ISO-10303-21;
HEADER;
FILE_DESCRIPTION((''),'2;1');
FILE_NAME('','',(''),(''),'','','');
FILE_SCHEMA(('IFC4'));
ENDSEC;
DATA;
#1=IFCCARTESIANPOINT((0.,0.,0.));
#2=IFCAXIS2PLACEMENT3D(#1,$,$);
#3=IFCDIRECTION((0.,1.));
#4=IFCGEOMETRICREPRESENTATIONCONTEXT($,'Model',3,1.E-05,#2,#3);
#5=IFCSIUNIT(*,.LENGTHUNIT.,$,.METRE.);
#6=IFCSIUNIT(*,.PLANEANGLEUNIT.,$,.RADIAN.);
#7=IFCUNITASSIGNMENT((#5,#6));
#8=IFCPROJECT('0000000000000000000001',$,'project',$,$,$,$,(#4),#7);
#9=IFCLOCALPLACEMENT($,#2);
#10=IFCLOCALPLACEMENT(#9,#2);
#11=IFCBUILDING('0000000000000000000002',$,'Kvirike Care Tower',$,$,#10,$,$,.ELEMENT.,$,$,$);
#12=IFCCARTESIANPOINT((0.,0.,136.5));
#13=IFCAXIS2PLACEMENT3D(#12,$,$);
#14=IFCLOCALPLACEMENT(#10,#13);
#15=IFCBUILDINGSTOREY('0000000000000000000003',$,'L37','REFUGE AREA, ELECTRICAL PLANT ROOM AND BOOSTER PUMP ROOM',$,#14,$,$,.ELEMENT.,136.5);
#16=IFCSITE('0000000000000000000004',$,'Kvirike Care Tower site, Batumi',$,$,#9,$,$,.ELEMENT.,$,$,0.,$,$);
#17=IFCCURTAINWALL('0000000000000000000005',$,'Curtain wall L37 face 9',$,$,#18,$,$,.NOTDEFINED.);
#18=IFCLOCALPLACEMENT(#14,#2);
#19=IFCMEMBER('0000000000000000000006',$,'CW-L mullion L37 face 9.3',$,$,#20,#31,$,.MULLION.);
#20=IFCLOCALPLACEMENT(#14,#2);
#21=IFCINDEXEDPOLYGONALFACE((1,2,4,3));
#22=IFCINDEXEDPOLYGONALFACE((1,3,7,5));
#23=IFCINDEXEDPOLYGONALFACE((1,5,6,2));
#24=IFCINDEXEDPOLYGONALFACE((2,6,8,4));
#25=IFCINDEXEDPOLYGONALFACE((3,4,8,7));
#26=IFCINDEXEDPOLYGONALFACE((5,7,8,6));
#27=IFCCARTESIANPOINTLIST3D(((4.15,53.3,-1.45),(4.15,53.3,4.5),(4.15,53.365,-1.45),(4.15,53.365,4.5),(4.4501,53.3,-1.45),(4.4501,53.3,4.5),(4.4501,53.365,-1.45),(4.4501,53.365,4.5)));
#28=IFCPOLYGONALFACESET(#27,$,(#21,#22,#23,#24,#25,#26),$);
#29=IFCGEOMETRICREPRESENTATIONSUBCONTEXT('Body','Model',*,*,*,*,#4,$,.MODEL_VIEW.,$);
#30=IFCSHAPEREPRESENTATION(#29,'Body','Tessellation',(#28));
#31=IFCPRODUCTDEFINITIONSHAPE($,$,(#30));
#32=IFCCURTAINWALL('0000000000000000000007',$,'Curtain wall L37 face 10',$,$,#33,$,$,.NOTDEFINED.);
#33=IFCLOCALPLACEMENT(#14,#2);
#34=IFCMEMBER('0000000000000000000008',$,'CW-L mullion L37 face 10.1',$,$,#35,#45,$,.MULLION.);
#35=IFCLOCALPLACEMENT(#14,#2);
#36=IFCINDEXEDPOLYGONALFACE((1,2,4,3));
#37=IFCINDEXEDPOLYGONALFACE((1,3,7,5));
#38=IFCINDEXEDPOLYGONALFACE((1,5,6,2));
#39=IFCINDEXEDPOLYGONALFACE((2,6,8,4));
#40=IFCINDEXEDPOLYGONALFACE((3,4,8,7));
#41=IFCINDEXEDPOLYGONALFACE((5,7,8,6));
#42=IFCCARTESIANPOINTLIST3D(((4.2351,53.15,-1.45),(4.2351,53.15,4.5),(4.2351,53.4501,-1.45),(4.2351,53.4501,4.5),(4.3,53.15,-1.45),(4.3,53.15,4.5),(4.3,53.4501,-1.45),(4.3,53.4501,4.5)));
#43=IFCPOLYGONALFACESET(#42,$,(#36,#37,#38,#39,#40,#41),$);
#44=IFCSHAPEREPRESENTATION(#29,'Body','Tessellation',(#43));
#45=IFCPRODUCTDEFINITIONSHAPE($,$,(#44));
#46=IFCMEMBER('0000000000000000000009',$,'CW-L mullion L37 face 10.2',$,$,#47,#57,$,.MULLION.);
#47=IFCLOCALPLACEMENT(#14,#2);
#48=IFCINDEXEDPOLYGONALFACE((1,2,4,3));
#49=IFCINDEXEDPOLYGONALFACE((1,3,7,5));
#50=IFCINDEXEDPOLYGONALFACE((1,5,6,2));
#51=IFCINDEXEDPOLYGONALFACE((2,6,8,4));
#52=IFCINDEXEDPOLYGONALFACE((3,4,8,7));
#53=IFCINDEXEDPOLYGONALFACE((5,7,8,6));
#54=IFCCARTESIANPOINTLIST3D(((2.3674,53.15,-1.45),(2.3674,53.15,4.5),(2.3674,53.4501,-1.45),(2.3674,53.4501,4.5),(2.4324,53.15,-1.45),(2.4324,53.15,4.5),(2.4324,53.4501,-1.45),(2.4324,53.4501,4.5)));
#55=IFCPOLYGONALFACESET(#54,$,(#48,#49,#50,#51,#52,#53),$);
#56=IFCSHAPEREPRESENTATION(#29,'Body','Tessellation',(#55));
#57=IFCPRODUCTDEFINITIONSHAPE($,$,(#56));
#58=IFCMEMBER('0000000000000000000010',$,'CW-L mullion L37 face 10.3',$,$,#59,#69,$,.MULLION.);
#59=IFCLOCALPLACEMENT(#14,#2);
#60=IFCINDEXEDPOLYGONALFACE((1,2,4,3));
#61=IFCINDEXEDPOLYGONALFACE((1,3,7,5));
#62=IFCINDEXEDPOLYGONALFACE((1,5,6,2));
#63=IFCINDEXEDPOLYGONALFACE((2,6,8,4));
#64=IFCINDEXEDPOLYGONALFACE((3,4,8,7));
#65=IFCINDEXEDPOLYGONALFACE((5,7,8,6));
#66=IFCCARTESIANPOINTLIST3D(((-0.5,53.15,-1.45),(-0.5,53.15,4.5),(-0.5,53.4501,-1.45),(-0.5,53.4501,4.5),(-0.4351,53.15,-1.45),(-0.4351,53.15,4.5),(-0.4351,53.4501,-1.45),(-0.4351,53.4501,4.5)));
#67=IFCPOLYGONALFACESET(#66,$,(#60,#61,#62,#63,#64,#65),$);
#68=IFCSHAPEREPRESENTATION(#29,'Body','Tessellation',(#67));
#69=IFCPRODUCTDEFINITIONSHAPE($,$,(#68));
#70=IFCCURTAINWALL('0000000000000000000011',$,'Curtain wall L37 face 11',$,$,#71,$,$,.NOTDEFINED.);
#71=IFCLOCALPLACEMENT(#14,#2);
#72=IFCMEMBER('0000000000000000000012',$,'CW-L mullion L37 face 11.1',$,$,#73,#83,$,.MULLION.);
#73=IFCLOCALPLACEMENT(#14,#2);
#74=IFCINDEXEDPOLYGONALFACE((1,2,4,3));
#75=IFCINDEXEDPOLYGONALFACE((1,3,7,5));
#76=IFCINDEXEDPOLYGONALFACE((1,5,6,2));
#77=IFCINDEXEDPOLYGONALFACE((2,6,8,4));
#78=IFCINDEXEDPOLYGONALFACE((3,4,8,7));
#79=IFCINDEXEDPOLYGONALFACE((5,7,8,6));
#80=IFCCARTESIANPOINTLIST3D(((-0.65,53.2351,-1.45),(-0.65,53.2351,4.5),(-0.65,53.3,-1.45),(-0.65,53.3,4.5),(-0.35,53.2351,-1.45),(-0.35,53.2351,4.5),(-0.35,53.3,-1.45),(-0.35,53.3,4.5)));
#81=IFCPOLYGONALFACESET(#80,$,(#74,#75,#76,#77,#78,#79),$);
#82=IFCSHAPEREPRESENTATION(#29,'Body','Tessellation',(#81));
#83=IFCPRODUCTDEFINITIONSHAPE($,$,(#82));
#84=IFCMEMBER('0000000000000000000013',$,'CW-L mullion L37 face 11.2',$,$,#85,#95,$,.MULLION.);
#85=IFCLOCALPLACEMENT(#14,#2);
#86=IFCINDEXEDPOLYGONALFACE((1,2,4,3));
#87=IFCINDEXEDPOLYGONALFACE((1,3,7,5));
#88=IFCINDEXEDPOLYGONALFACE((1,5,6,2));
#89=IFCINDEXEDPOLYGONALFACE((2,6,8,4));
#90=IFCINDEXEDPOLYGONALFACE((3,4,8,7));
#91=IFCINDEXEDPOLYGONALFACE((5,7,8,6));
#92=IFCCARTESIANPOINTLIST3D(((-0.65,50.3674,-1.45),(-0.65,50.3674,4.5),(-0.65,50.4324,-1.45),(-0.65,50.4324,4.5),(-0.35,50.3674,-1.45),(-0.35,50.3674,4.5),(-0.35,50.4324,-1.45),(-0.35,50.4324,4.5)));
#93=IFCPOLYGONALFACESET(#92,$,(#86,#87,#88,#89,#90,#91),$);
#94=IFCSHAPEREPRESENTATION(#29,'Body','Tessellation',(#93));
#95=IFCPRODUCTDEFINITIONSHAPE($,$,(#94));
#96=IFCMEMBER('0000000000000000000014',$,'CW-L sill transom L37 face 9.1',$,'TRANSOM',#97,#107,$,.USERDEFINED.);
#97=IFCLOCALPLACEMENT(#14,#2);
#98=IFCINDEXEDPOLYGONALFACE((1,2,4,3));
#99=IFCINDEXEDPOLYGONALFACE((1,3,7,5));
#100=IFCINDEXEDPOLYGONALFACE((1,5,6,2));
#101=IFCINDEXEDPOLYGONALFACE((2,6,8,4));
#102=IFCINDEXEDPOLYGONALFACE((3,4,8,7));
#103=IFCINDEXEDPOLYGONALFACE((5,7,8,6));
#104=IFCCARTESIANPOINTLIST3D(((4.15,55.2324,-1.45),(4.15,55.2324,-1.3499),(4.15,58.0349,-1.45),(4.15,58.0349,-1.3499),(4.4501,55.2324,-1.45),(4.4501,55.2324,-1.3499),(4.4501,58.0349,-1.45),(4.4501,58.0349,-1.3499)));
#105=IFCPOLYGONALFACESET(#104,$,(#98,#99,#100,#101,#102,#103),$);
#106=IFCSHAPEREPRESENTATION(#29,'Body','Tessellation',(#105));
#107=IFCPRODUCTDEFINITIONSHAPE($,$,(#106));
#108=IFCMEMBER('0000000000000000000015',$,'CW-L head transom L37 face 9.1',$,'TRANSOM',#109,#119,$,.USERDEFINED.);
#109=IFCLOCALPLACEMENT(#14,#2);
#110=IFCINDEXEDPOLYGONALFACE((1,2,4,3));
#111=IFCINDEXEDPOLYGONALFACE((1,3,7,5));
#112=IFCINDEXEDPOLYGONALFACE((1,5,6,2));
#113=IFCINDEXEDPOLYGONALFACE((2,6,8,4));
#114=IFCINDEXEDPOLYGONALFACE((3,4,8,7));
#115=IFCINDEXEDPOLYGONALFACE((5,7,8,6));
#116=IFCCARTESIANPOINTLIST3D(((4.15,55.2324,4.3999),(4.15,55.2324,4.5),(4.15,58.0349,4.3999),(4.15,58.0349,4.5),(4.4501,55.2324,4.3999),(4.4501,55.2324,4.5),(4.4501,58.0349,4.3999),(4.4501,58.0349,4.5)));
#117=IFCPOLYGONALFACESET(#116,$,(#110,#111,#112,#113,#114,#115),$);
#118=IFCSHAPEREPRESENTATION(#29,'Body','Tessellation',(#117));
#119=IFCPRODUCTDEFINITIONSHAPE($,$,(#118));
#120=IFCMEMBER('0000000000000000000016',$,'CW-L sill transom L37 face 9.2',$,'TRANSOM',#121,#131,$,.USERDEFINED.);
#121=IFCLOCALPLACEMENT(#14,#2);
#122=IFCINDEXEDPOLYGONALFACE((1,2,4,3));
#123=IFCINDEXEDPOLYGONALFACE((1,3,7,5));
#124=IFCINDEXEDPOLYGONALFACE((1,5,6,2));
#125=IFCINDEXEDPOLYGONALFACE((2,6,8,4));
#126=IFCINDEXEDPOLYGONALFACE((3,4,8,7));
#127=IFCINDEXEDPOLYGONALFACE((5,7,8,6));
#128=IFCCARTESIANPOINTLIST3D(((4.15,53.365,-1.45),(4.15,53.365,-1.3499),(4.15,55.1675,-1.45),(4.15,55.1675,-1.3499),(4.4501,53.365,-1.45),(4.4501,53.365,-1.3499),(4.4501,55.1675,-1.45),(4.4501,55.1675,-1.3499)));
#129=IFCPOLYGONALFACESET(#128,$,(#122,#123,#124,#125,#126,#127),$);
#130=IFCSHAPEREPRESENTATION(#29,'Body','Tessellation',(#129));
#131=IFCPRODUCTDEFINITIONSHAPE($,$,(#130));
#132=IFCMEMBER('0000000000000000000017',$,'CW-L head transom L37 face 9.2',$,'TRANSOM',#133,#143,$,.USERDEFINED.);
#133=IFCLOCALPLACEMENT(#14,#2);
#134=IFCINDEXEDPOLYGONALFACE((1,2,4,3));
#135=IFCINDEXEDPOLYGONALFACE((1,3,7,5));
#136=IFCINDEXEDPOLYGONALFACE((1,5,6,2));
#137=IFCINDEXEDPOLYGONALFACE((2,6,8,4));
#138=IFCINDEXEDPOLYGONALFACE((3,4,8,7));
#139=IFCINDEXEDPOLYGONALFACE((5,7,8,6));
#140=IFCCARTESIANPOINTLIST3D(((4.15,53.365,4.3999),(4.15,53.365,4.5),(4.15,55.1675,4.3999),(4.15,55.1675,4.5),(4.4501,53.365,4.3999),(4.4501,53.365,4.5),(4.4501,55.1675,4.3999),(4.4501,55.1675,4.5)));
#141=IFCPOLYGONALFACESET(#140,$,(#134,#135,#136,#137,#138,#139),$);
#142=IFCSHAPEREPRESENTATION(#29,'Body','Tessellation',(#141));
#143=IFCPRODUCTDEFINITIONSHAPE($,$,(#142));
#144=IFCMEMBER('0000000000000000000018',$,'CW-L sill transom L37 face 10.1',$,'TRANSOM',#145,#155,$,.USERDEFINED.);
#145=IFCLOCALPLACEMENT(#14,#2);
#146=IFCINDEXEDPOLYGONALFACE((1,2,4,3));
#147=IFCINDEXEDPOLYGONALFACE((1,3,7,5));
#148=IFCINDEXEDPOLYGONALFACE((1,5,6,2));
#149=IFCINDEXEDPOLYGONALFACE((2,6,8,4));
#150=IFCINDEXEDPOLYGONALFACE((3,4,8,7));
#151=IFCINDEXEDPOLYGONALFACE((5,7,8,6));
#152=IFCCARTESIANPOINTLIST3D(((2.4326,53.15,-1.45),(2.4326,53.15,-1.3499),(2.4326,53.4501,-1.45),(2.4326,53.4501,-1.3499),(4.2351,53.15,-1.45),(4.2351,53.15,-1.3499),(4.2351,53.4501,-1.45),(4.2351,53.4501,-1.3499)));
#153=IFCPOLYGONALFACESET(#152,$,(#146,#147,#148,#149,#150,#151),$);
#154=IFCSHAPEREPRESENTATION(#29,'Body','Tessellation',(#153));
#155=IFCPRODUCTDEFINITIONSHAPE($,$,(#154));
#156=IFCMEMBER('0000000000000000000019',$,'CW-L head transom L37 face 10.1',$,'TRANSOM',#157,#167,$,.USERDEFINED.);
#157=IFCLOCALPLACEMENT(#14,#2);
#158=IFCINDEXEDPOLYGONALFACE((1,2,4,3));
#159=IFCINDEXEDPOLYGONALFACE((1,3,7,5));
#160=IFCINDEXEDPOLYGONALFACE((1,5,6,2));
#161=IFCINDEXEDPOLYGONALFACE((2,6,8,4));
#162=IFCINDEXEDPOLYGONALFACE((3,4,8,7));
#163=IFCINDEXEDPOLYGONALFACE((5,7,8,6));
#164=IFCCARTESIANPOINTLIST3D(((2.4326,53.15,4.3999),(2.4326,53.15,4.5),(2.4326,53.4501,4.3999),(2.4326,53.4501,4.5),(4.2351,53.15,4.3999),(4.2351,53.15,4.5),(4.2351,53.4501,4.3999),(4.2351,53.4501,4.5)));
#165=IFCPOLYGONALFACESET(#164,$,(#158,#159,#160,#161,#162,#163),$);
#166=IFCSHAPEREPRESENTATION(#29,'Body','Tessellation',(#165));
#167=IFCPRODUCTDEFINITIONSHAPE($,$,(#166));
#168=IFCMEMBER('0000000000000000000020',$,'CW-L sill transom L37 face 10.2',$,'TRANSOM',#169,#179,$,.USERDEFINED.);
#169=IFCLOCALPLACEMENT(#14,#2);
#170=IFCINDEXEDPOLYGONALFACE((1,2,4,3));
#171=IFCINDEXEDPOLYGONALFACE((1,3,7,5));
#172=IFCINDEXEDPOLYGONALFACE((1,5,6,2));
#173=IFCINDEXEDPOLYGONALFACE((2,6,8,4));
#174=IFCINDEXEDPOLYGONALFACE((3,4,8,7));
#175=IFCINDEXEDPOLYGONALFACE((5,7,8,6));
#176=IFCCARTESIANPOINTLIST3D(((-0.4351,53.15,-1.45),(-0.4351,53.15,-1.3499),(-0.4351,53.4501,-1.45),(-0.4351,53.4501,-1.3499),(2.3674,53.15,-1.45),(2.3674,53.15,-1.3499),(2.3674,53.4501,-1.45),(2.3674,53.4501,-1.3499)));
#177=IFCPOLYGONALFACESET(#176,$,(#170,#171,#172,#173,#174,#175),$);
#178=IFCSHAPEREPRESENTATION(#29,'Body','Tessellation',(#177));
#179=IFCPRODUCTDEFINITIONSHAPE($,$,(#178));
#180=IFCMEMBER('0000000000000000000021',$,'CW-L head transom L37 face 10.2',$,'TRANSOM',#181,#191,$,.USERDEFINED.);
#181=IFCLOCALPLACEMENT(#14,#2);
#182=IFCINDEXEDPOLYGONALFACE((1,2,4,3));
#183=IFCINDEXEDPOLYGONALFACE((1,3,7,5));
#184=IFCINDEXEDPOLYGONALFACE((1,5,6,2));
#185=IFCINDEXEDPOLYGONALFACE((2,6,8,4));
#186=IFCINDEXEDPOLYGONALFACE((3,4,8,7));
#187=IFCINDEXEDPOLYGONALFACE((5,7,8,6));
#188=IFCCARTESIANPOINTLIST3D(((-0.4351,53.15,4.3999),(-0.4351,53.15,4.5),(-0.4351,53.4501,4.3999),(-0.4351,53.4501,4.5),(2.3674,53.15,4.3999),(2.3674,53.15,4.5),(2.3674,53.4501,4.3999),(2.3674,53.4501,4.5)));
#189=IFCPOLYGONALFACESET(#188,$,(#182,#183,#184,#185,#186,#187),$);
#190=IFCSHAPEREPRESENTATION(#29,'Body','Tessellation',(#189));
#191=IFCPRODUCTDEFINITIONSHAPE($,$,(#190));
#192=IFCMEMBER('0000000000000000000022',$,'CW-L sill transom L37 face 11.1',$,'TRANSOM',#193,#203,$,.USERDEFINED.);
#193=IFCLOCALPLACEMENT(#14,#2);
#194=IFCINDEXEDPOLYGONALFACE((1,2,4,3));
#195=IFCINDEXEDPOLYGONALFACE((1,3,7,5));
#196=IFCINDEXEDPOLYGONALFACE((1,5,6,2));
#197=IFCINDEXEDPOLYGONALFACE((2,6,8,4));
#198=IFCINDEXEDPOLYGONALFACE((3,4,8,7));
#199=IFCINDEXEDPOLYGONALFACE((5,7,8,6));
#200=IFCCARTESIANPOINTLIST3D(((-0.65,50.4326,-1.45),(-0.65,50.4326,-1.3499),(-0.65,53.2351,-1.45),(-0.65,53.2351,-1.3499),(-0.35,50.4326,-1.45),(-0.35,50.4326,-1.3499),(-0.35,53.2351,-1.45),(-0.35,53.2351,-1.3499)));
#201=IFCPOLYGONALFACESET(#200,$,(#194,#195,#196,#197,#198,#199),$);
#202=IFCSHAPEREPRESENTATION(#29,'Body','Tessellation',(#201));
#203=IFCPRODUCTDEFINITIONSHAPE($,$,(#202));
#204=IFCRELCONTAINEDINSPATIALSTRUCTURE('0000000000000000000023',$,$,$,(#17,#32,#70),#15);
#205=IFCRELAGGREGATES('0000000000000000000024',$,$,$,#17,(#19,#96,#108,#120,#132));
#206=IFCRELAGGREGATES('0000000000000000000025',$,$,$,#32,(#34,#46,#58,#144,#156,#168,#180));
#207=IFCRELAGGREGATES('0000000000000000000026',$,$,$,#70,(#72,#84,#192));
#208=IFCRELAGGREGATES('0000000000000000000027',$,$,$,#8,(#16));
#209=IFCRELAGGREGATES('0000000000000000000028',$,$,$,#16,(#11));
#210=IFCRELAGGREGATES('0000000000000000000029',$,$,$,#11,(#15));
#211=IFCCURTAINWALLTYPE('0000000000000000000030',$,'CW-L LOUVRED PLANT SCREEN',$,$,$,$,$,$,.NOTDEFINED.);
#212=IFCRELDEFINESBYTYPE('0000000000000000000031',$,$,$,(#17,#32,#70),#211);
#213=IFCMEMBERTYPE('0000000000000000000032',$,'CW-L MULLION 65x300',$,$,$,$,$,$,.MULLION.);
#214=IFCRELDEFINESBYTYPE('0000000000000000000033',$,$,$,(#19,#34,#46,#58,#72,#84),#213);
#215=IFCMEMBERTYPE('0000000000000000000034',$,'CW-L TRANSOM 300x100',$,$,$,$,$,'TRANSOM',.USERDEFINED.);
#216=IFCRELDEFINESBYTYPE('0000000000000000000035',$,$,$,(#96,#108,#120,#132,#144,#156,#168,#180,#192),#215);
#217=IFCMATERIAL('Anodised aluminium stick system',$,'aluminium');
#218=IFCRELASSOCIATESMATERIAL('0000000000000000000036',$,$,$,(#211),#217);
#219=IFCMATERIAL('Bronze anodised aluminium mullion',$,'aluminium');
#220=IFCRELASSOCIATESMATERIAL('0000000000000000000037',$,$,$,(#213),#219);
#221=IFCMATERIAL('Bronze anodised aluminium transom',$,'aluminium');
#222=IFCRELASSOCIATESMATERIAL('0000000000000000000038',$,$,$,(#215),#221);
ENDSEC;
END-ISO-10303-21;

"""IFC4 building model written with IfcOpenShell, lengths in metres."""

from ifc_helpers import new_model, si_unit, direction, frame, origin, origin_2d, place, context, subcontext, project, spatial, rectangle, extrude, material, material_profile, profile_set, type_object, element, aggregate, save


model = new_model("IFC4")

# Units and contexts
model_context = context("Model", 3, precision=1e-05, world=origin(), true_north=direction((0.0, 1.0)))
body_context = subcontext(model_context, "Body", "Model", "MODEL_VIEW")
ifc_project = project(units=[si_unit("LENGTHUNIT", "METRE"), si_unit("PLANEANGLEUNIT", "RADIAN")], contexts=[model_context])

# Site, building, storey
site_placement = place(None, origin())
site = spatial("IfcSite", under=ifc_project, at=site_placement, Name="Kvirike Care Tower site, Batumi", CompositionType="ELEMENT", RefElevation=0.0)
building_placement = place(site_placement, origin())
building = spatial("IfcBuilding", under=site, at=building_placement, Name="Kvirike Care Tower", CompositionType="ELEMENT")
storey_placement = place(building_placement, frame((0.0, 0.0, 136.5)))
storey = spatial("IfcBuildingStorey", under=building, at=storey_placement, Name="L37", Description="REFUGE AREA, ELECTRICAL PLANT ROOM AND BOOSTER PUMP ROOM", CompositionType="ELEMENT", Elevation=136.5)

# Curtain walls, members
ifc_material_1 = material(Name="Anodised aluminium stick system", Category="aluminium")
curtain_wall_type = type_object("IfcCurtainWallType", Name="CW-L LOUVRED PLANT SCREEN", PredefinedType="NOTDEFINED", material=ifc_material_1)
curtain_wall_1_placement = place(storey_placement, origin())
curtain_wall_1 = element("IfcCurtainWall", 1, at=curtain_wall_1_placement, inside=storey, type_object=curtain_wall_type, Name="Curtain wall L37 face 9", PredefinedType="NOTDEFINED")
ifc_material_2 = material(Name="Bronze anodised aluminium mullion", Category="aluminium")
ifc_material_profile_1 = material_profile(ifc_material_2, rectangle(XDim=0.0649, YDim=0.3, at=origin_2d()), Name="CW-L MULLION 65x300")
ifc_profile_set_1 = profile_set([ifc_material_profile_1], Name="Bronze anodised aluminium mullion")
member_type_1 = type_object("IfcMemberType", Name="CW-L MULLION 65x300", PredefinedType="MULLION", material=ifc_profile_set_1)
member_1_placement = place(storey_placement, frame((4.3, 53.3325, -1.45), z_axis=(0.0, 0.0, 1.0), x_axis=(0.0, -1.0, 0.0)))
member_1 = element("IfcMember", 2, at=member_1_placement, type_object=member_type_1, Name="CW-L mullion L37 face 9.3", PredefinedType="MULLION", context=body_context, shape_type="SweptSolid", body=[
    extrude(rectangle(XDim=0.0649, YDim=0.3, at=origin_2d()), origin(), (0.0, 0.0, 1.0), 5.95),
])
curtain_wall_2_placement = place(storey_placement, origin())
curtain_wall_2 = element("IfcCurtainWall", 3, at=curtain_wall_2_placement, inside=storey, type_object=curtain_wall_type, Name="Curtain wall L37 face 10", PredefinedType="NOTDEFINED")
member_2_placement = place(storey_placement, frame((4.2676, 53.3, -1.45), z_axis=(0.0, 0.0, 1.0), x_axis=(-1.0, 0.0, 0.0)))
member_2 = element("IfcMember", 4, at=member_2_placement, type_object=member_type_1, Name="CW-L mullion L37 face 10.1", PredefinedType="MULLION", context=body_context, shape_type="SweptSolid", body=[
    extrude(rectangle(XDim=0.0649, YDim=0.3, at=origin_2d()), origin(), (0.0, 0.0, 1.0), 5.95),
])
member_3_placement = place(storey_placement, frame((2.3999, 53.3, -1.45), z_axis=(0.0, 0.0, 1.0), x_axis=(-1.0, 0.0, 0.0)))
member_3 = element("IfcMember", 5, at=member_3_placement, type_object=member_type_1, Name="CW-L mullion L37 face 10.2", PredefinedType="MULLION", context=body_context, shape_type="SweptSolid", body=[
    extrude(rectangle(XDim=0.0649, YDim=0.3, at=origin_2d()), origin(), (0.0, 0.0, 1.0), 5.95),
])
member_4_placement = place(storey_placement, frame((-0.4675, 53.3, -1.45), z_axis=(0.0, 0.0, 1.0), x_axis=(-1.0, 0.0, 0.0)))
member_4 = element("IfcMember", 6, at=member_4_placement, type_object=member_type_1, Name="CW-L mullion L37 face 10.3", PredefinedType="MULLION", context=body_context, shape_type="SweptSolid", body=[
    extrude(rectangle(XDim=0.0649, YDim=0.3, at=origin_2d()), origin(), (0.0, 0.0, 1.0), 5.95),
])
curtain_wall_3_placement = place(storey_placement, origin())
curtain_wall_3 = element("IfcCurtainWall", 7, at=curtain_wall_3_placement, inside=storey, type_object=curtain_wall_type, Name="Curtain wall L37 face 11", PredefinedType="NOTDEFINED")
member_5_placement = place(storey_placement, frame((-0.5, 53.2676, -1.45), z_axis=(0.0, 0.0, 1.0), x_axis=(0.0, -1.0, 0.0)))
member_5 = element("IfcMember", 8, at=member_5_placement, type_object=member_type_1, Name="CW-L mullion L37 face 11.1", PredefinedType="MULLION", context=body_context, shape_type="SweptSolid", body=[
    extrude(rectangle(XDim=0.0649, YDim=0.3, at=origin_2d()), origin(), (0.0, 0.0, 1.0), 5.95),
])
member_6_placement = place(storey_placement, frame((-0.5, 50.3999, -1.45), z_axis=(0.0, 0.0, 1.0), x_axis=(0.0, -1.0, 0.0)))
member_6 = element("IfcMember", 9, at=member_6_placement, type_object=member_type_1, Name="CW-L mullion L37 face 11.2", PredefinedType="MULLION", context=body_context, shape_type="SweptSolid", body=[
    extrude(rectangle(XDim=0.0649, YDim=0.3, at=origin_2d()), origin(), (0.0, 0.0, 1.0), 5.95),
])

# Members
ifc_material_3 = material(Name="Bronze anodised aluminium transom", Category="aluminium")
ifc_material_profile_2 = material_profile(ifc_material_3, rectangle(XDim=0.3, YDim=0.1001, at=origin_2d()), Name="CW-L TRANSOM 300x100")
ifc_profile_set_2 = profile_set([ifc_material_profile_2], Name="Bronze anodised aluminium transom")
member_type_2 = type_object("IfcMemberType", Name="CW-L TRANSOM 300x100", ElementType="TRANSOM", PredefinedType="USERDEFINED", material=ifc_profile_set_2)
member_7_placement = place(storey_placement, frame((4.3, 58.0349, -1.3999), z_axis=(0.0, -1.0, 0.0), x_axis=(1.0, 0.0, 0.0)))
member_7 = element("IfcMember", 10, at=member_7_placement, type_object=member_type_2, Name="CW-L sill transom L37 face 9.1", ObjectType="TRANSOM", PredefinedType="USERDEFINED", context=body_context, shape_type="SweptSolid", body=[
    extrude(rectangle(XDim=0.3, YDim=0.1001, at=origin_2d()), origin(), (0.0, 0.0, 1.0), 2.8025),
])
member_8_placement = place(storey_placement, frame((4.3, 58.0349, 4.45), z_axis=(0.0, -1.0, 0.0), x_axis=(1.0, 0.0, 0.0)))
member_8 = element("IfcMember", 11, at=member_8_placement, type_object=member_type_2, Name="CW-L head transom L37 face 9.1", ObjectType="TRANSOM", PredefinedType="USERDEFINED", context=body_context, shape_type="SweptSolid", body=[
    extrude(rectangle(XDim=0.3, YDim=0.1001, at=origin_2d()), origin(), (0.0, 0.0, 1.0), 2.8025),
])
member_9_placement = place(storey_placement, frame((4.3, 55.1675, -1.3999), z_axis=(0.0, -1.0, 0.0), x_axis=(1.0, 0.0, 0.0)))
member_9 = element("IfcMember", 12, at=member_9_placement, type_object=member_type_2, Name="CW-L sill transom L37 face 9.2", ObjectType="TRANSOM", PredefinedType="USERDEFINED", context=body_context, shape_type="SweptSolid", body=[
    extrude(rectangle(XDim=0.3, YDim=0.1001, at=origin_2d()), origin(), (0.0, 0.0, 1.0), 1.8025),
])
member_10_placement = place(storey_placement, frame((4.3, 55.1675, 4.45), z_axis=(0.0, -1.0, 0.0), x_axis=(1.0, 0.0, 0.0)))
member_10 = element("IfcMember", 13, at=member_10_placement, type_object=member_type_2, Name="CW-L head transom L37 face 9.2", ObjectType="TRANSOM", PredefinedType="USERDEFINED", context=body_context, shape_type="SweptSolid", body=[
    extrude(rectangle(XDim=0.3, YDim=0.1001, at=origin_2d()), origin(), (0.0, 0.0, 1.0), 1.8025),
])
member_11_placement = place(storey_placement, frame((4.2351, 53.3, -1.3999), z_axis=(-1.0, 0.0, 0.0), x_axis=(0.0, -1.0, 0.0)))
member_11 = element("IfcMember", 14, at=member_11_placement, type_object=member_type_2, Name="CW-L sill transom L37 face 10.1", ObjectType="TRANSOM", PredefinedType="USERDEFINED", context=body_context, shape_type="SweptSolid", body=[
    extrude(rectangle(XDim=0.3, YDim=0.1001, at=origin_2d()), origin(), (0.0, 0.0, 1.0), 1.8025),
])
member_12_placement = place(storey_placement, frame((4.2351, 53.3, 4.45), z_axis=(-1.0, 0.0, 0.0), x_axis=(0.0, -1.0, 0.0)))
member_12 = element("IfcMember", 15, at=member_12_placement, type_object=member_type_2, Name="CW-L head transom L37 face 10.1", ObjectType="TRANSOM", PredefinedType="USERDEFINED", context=body_context, shape_type="SweptSolid", body=[
    extrude(rectangle(XDim=0.3, YDim=0.1001, at=origin_2d()), origin(), (0.0, 0.0, 1.0), 1.8025),
])
member_13_placement = place(storey_placement, frame((2.3674, 53.3, -1.3999), z_axis=(-1.0, 0.0, 0.0), x_axis=(0.0, -1.0, 0.0)))
member_13 = element("IfcMember", 16, at=member_13_placement, type_object=member_type_2, Name="CW-L sill transom L37 face 10.2", ObjectType="TRANSOM", PredefinedType="USERDEFINED", context=body_context, shape_type="SweptSolid", body=[
    extrude(rectangle(XDim=0.3, YDim=0.1001, at=origin_2d()), origin(), (0.0, 0.0, 1.0), 2.8025),
])
member_14_placement = place(storey_placement, frame((2.3674, 53.3, 4.45), z_axis=(-1.0, 0.0, 0.0), x_axis=(0.0, -1.0, 0.0)))
member_14 = element("IfcMember", 17, at=member_14_placement, type_object=member_type_2, Name="CW-L head transom L37 face 10.2", ObjectType="TRANSOM", PredefinedType="USERDEFINED", context=body_context, shape_type="SweptSolid", body=[
    extrude(rectangle(XDim=0.3, YDim=0.1001, at=origin_2d()), origin(), (0.0, 0.0, 1.0), 2.8025),
])
member_15_placement = place(storey_placement, frame((-0.5, 53.2351, -1.3999), z_axis=(0.0, -1.0, 0.0), x_axis=(1.0, 0.0, 0.0)))
member_15 = element("IfcMember", 18, at=member_15_placement, type_object=member_type_2, Name="CW-L sill transom L37 face 11.1", ObjectType="TRANSOM", PredefinedType="USERDEFINED", context=body_context, shape_type="SweptSolid", body=[
    extrude(rectangle(XDim=0.3, YDim=0.1001, at=origin_2d()), origin(), (0.0, 0.0, 1.0), 2.8025),
])

aggregate(curtain_wall_1, [member_1, member_7, member_8, member_9, member_10])
aggregate(curtain_wall_2, [member_2, member_3, member_4, member_11, member_12, member_13, member_14])
aggregate(curtain_wall_3, [member_5, member_6, member_15])

save(model, "model.ifc")
